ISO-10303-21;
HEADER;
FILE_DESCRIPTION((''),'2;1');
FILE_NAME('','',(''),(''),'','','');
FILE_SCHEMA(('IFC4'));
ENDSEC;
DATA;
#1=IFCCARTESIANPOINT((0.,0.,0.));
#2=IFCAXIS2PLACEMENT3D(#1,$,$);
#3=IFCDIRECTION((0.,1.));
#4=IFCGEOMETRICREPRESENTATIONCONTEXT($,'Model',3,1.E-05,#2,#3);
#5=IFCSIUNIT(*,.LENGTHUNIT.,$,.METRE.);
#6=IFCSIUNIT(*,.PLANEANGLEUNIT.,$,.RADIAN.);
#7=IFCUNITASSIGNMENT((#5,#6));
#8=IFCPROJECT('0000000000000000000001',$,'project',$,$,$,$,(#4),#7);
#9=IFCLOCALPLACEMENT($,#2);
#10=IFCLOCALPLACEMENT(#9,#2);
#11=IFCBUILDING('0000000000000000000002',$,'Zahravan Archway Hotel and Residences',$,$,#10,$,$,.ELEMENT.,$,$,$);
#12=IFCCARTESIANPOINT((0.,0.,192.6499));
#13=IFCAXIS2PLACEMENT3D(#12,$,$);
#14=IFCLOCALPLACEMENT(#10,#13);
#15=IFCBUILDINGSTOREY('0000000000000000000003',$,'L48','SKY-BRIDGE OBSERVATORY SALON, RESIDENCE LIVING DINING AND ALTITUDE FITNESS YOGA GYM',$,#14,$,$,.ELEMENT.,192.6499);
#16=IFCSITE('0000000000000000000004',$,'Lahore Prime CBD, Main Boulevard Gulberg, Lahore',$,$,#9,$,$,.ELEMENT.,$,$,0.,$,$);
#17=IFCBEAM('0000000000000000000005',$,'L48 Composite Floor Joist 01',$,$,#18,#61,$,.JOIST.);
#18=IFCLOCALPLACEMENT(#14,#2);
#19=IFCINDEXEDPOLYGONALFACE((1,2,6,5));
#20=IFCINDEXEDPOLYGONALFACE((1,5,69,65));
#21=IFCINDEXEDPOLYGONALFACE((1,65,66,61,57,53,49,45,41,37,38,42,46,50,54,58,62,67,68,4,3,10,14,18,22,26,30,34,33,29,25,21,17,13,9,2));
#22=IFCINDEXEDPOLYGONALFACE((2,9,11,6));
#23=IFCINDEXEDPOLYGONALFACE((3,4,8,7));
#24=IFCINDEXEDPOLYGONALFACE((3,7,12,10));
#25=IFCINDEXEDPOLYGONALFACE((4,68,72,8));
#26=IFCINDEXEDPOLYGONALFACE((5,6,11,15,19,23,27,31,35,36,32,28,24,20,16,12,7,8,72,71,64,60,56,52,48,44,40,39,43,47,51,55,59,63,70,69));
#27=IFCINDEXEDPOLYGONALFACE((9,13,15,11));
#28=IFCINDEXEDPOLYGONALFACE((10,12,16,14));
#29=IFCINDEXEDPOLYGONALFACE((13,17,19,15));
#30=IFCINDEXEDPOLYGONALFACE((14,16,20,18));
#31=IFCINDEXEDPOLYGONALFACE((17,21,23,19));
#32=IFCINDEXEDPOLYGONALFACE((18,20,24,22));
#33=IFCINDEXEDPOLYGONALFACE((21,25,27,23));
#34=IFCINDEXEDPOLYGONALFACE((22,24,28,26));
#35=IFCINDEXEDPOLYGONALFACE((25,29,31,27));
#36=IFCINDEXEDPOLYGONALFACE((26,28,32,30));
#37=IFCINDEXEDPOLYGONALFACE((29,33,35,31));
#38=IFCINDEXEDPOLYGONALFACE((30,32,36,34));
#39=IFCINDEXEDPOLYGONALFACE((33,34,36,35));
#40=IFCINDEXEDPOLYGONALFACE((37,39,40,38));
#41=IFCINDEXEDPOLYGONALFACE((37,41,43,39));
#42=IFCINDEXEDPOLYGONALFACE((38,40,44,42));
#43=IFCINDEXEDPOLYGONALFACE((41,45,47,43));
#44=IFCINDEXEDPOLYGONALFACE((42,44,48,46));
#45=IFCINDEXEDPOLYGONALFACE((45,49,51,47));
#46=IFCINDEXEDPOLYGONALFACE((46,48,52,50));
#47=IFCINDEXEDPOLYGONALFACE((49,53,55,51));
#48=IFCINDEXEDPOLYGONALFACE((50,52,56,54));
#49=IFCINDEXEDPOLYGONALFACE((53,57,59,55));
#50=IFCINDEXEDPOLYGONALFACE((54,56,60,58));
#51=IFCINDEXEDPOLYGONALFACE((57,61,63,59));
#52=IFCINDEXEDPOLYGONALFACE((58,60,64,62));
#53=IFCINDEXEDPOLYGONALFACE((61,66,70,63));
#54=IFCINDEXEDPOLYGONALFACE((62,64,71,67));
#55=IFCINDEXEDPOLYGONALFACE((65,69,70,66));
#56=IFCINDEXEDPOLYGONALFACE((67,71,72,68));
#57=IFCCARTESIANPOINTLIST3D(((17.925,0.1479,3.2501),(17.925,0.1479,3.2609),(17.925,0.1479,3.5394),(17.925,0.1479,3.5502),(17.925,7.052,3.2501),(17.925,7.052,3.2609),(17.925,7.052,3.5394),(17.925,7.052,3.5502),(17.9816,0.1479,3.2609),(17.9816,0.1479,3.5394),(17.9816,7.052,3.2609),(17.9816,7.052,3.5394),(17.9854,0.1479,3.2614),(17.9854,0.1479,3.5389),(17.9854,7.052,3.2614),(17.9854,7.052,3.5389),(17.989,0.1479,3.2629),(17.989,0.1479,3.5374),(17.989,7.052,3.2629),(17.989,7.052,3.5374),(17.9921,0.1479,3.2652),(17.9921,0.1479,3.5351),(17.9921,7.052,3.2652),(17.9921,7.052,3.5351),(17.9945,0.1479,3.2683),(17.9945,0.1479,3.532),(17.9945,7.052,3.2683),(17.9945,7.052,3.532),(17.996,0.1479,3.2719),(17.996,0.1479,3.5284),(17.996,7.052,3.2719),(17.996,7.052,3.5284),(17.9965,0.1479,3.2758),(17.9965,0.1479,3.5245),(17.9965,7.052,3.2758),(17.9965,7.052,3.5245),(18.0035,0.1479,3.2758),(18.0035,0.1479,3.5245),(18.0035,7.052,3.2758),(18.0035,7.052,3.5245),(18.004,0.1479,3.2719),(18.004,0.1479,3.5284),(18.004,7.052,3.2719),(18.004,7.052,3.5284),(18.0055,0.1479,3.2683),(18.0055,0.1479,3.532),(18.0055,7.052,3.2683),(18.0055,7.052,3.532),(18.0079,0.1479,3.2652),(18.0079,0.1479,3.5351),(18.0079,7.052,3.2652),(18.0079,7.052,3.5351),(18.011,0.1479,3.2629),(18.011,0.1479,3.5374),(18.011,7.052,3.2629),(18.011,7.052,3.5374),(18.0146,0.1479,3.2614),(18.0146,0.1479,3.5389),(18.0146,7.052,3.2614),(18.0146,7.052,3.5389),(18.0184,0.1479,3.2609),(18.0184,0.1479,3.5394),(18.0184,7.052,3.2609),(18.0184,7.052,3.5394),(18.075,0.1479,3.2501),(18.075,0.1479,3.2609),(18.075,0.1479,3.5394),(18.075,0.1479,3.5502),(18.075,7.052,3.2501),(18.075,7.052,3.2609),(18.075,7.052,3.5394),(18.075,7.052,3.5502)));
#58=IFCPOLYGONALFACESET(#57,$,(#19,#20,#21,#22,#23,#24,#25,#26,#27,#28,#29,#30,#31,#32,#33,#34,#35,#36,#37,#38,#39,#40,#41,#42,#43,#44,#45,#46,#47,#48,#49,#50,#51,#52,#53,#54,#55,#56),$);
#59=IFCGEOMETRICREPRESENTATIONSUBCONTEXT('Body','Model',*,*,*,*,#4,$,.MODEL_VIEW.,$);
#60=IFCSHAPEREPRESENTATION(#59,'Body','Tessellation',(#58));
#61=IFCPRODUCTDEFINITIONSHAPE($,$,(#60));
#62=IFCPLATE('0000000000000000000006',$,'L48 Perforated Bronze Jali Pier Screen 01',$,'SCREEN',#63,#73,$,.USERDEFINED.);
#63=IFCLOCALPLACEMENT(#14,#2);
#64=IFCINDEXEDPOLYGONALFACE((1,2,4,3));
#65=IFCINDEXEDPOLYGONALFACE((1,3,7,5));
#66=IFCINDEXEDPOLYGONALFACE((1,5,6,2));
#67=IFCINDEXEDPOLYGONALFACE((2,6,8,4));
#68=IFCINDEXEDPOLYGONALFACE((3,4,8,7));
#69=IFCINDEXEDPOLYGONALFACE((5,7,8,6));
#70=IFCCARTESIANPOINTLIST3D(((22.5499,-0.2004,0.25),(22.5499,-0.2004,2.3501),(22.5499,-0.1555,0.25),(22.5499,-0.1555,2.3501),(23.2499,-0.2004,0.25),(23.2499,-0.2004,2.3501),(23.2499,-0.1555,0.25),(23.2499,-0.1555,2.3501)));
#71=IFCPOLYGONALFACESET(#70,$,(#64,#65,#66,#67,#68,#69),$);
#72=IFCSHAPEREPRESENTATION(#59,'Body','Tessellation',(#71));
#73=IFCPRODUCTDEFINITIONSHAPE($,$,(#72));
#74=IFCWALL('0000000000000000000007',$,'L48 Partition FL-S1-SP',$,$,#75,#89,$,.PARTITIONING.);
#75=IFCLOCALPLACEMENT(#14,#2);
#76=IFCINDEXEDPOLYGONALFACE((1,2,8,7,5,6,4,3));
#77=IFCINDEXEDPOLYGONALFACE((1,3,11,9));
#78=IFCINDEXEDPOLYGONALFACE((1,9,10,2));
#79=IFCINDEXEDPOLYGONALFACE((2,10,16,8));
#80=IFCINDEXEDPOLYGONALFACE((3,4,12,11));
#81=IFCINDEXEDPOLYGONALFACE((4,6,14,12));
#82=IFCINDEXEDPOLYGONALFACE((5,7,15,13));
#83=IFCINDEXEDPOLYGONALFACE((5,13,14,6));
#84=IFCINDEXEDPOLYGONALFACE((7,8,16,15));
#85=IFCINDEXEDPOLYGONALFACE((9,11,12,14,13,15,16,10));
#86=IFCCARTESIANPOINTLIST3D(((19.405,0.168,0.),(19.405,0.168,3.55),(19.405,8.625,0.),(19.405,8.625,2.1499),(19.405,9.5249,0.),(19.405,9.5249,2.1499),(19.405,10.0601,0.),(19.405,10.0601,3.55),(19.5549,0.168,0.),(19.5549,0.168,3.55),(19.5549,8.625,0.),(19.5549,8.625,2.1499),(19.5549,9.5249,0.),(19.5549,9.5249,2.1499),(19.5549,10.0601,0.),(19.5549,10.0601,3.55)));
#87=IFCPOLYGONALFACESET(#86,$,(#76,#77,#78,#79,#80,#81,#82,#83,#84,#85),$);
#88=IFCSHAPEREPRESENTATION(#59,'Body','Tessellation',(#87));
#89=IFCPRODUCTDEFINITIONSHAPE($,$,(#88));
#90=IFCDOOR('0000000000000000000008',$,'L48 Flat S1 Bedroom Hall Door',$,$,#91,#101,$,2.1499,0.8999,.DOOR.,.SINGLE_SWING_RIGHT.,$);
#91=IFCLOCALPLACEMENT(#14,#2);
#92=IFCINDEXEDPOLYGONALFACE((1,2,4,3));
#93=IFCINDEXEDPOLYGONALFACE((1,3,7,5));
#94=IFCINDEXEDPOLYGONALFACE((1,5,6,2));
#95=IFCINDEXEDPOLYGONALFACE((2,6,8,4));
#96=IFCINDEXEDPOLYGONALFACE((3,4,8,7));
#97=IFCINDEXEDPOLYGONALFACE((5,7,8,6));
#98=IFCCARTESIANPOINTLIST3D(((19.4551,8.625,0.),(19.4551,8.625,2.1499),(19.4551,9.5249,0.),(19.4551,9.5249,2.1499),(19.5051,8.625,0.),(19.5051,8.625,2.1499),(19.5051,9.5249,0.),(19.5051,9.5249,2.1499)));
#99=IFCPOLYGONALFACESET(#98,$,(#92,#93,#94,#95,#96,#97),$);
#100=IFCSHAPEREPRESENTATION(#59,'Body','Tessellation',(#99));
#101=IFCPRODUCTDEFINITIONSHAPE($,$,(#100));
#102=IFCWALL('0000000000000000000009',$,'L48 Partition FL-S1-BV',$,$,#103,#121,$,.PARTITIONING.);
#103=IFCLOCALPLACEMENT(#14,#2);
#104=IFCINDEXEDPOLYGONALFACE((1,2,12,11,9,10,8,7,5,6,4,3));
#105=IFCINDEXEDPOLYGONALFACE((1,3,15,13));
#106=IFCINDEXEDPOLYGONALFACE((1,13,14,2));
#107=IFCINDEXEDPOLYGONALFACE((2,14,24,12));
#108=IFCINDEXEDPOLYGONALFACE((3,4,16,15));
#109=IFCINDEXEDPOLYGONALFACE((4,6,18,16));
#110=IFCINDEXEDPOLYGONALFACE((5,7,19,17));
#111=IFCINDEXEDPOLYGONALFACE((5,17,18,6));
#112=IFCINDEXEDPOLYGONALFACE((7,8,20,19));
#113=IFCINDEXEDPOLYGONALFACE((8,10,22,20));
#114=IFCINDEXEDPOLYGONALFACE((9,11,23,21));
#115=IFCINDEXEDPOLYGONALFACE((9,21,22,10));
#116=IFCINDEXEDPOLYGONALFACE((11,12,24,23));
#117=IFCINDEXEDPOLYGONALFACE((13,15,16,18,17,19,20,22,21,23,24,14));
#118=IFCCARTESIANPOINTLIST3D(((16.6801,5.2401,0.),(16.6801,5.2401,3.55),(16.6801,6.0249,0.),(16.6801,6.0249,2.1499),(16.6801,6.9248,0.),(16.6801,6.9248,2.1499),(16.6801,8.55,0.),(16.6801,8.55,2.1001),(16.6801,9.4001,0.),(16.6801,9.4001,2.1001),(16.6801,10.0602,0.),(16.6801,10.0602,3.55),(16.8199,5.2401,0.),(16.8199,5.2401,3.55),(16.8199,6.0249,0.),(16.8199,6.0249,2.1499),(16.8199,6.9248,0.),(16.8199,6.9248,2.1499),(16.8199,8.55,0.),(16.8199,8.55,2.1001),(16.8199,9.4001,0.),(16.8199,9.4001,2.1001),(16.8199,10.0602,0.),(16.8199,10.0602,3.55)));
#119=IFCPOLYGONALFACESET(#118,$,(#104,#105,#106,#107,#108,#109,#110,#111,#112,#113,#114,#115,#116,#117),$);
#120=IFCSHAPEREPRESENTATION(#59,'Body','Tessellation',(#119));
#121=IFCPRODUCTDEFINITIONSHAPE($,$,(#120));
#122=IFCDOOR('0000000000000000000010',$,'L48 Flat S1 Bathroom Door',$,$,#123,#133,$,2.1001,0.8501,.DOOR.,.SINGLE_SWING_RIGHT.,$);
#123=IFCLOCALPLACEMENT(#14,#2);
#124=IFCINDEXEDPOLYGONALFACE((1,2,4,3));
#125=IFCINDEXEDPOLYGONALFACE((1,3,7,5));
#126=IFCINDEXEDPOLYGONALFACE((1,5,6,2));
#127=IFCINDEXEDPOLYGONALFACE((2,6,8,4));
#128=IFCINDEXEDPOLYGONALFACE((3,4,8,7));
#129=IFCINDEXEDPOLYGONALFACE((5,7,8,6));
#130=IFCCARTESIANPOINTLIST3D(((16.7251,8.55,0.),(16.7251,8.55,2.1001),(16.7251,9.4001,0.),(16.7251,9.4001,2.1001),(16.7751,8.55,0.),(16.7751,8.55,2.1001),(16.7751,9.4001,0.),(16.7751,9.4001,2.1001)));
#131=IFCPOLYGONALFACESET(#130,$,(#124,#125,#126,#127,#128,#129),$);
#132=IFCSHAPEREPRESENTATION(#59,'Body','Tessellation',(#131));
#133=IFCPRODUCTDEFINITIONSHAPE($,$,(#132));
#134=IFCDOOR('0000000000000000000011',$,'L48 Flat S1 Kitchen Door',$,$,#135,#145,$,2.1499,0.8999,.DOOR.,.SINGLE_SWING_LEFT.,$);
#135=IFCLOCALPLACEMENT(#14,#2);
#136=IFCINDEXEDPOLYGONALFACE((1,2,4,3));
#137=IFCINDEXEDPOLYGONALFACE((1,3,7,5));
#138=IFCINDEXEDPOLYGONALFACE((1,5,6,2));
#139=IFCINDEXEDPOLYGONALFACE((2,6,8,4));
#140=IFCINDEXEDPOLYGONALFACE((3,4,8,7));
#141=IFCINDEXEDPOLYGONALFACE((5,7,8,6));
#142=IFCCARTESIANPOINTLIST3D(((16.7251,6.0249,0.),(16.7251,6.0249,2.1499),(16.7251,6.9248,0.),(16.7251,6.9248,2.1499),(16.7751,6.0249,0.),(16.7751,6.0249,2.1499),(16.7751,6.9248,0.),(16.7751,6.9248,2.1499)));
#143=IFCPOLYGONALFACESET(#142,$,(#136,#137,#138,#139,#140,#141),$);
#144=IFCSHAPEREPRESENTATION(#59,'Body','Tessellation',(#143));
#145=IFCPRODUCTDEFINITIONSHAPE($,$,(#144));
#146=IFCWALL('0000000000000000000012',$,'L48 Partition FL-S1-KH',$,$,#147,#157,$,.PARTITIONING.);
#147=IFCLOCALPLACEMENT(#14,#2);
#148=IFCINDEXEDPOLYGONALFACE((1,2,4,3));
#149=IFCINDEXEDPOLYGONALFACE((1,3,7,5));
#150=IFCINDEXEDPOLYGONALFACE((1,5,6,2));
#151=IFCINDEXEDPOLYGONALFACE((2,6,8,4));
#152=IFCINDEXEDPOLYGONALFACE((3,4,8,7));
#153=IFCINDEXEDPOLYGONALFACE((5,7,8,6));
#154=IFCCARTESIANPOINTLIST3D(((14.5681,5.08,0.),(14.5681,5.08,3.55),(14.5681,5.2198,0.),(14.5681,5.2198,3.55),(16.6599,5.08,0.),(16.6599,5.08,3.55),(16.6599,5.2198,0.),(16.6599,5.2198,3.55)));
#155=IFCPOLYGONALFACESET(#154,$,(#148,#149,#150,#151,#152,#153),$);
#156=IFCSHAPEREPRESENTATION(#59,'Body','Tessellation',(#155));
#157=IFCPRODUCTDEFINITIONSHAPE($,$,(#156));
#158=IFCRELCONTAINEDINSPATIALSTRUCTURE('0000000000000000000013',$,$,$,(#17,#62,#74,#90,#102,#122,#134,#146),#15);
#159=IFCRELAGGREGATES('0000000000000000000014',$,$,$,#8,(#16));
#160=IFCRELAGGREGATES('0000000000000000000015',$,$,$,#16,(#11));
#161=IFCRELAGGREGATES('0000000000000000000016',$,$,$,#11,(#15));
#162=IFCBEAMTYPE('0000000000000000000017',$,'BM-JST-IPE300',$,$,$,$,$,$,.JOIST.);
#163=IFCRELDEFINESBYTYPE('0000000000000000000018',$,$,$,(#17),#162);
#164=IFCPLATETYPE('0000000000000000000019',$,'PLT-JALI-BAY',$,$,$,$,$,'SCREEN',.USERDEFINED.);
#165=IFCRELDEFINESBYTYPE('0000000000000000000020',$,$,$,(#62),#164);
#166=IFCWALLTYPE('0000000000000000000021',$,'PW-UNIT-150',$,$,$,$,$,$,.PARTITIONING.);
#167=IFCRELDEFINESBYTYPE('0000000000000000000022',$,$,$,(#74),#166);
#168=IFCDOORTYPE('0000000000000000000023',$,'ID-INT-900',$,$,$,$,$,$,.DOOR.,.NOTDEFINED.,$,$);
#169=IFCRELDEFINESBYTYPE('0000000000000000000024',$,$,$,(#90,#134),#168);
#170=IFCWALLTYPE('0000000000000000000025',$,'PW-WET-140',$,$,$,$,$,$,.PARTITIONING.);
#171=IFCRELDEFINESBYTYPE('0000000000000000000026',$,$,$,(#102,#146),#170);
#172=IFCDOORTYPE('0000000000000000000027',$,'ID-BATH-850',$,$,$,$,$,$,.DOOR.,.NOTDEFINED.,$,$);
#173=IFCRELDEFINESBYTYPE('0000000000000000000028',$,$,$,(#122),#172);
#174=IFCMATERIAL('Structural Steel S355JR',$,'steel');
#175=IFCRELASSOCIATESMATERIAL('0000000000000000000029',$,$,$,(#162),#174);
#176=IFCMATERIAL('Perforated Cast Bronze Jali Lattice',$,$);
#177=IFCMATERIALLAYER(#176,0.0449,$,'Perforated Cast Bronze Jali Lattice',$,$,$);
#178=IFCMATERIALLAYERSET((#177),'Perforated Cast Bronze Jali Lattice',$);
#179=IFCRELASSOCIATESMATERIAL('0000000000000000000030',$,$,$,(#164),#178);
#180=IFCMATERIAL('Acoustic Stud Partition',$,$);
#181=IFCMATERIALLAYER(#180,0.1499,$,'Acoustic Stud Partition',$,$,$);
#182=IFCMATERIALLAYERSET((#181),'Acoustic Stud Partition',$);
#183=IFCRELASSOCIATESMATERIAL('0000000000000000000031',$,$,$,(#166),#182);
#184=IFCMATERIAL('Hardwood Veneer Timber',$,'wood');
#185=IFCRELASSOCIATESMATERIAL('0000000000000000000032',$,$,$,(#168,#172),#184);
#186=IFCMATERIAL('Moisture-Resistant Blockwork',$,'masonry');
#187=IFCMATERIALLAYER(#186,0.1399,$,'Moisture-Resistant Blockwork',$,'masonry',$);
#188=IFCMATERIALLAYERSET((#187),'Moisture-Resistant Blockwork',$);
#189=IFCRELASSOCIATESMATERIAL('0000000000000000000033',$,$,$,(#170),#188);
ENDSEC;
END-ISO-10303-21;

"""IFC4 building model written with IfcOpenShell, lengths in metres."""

from ifc_helpers import new_model, si_unit, direction, frame, frame_2d, origin, origin_2d, place, context, subcontext, project, spatial, rectangle, i_section, extrude, source, transform, mapped, material, layer, layer_set, material_profile, profile_set, type_object, type_shapes, element, fill, save


model = new_model("IFC4")

# Units and contexts
model_context = context("Model", 3, precision=1e-05, world=origin(), true_north=direction((0.0, 1.0)))
body_context = subcontext(model_context, "Body", "Model", "MODEL_VIEW")
ifc_project = project(units=[si_unit("LENGTHUNIT", "METRE"), si_unit("PLANEANGLEUNIT", "RADIAN")], contexts=[model_context])

# Site, building, storey
site_placement = place(None, origin())
site = spatial("IfcSite", under=ifc_project, at=site_placement, Name="Lahore Prime CBD, Main Boulevard Gulberg, Lahore", CompositionType="ELEMENT", RefElevation=0.0)
building_placement = place(site_placement, origin())
building = spatial("IfcBuilding", under=site, at=building_placement, Name="Zahravan Archway Hotel and Residences", CompositionType="ELEMENT")
storey_placement = place(building_placement, frame((0.0, 0.0, 192.6499)))
storey = spatial("IfcBuildingStorey", under=building, at=storey_placement, Name="L48", Description="SKY-BRIDGE OBSERVATORY SALON, RESIDENCE LIVING DINING AND ALTITUDE FITNESS YOGA GYM", CompositionType="ELEMENT", Elevation=192.6499)

# Beam
ifc_material_1 = material(Name="Structural Steel S355JR", Category="steel")
ifc_material_profile_1 = material_profile(ifc_material_1, i_section(OverallWidth=0.1499, OverallDepth=0.3, WebThickness=0.0071, FlangeThickness=0.0107, FilletRadius=0.0149, at=origin_2d()), Name="IPE 300", Category="steel")
ifc_profile_set_1 = profile_set([ifc_material_profile_1], Name="Structural Steel S355JR")
beam_type_1 = type_object("IfcBeamType", Name="BM-JST-IPE300", PredefinedType="JOIST", material=ifc_profile_set_1)
shared_shape_1 = source(origin(), body_context, "Body", "SweptSolid", [
    extrude(i_section(OverallWidth=0.1499, OverallDepth=0.3, WebThickness=0.0071, FlangeThickness=0.0107, FilletRadius=0.0149, at=origin_2d()), origin(), (0.0, 0.0, 1.0), 6.9041),
])
type_shapes(beam_type_1, [shared_shape_1])
beam_placement = place(storey_placement, frame((18.0, 0.1479, 3.4001), z_axis=(0.0, 1.0, 0.0), x_axis=(-1.0, 0.0, 0.0)))
element("IfcBeam", 1, at=beam_placement, inside=storey, type_object=beam_type_1, Name="L48 Composite Floor Joist 01", PredefinedType="JOIST", context=body_context, shape_type="MappedRepresentation", body=[
    mapped(shared_shape_1, transform((0.0, 0.0, 0.0), scale=1.0)),
])

# Plate
ifc_material_2 = material(Name="Perforated Cast Bronze Jali Lattice")
ifc_layer_1 = layer(ifc_material_2, 0.0449, Name="Perforated Cast Bronze Jali Lattice")
ifc_layer_set_1 = layer_set([ifc_layer_1], Name="Perforated Cast Bronze Jali Lattice")
plate_type = type_object("IfcPlateType", Name="PLT-JALI-BAY", ElementType="SCREEN", PredefinedType="USERDEFINED", material=ifc_layer_set_1)
shared_shape_2 = source(origin(), body_context, "Body", "SweptSolid", [
    extrude(rectangle(XDim=0.7, YDim=0.0449, at=origin_2d()), origin(), (0.0, 0.0, 1.0), 2.1001),
])
type_shapes(plate_type, [shared_shape_2])
plate_placement = place(storey_placement, frame((22.8999, -0.178, 0.25), z_axis=(0.0, 0.0, 1.0), x_axis=(1.0, 0.0, 0.0)))
element("IfcPlate", 2, at=plate_placement, inside=storey, type_object=plate_type, Name="L48 Perforated Bronze Jali Pier Screen 01", ObjectType="SCREEN", PredefinedType="USERDEFINED", context=body_context, shape_type="MappedRepresentation", body=[
    mapped(shared_shape_2, transform((0.0, 0.0, 0.0), scale=1.0)),
])

# Wall, opening, door
ifc_material_3 = material(Name="Acoustic Stud Partition")
ifc_layer_2 = layer(ifc_material_3, 0.1499, Name="Acoustic Stud Partition")
ifc_layer_set_2 = layer_set([ifc_layer_2], Name="Acoustic Stud Partition")
wall_type_1 = type_object("IfcWallType", Name="PW-UNIT-150", PredefinedType="PARTITIONING", material=ifc_layer_set_2)
wall_1_placement = place(storey_placement, frame((19.48, 0.168, 0.0), z_axis=(0.0, 0.0, 1.0), x_axis=(0.0, 1.0, 0.0)))
wall_1 = element("IfcWall", 3, at=wall_1_placement, inside=storey, type_object=wall_type_1, Name="L48 Partition FL-S1-SP", PredefinedType="PARTITIONING", context=body_context, shape_type="SweptSolid", body=[
    extrude(rectangle(XDim=9.8921, YDim=0.1499, at=frame_2d((4.946, 0.0))), origin(), (0.0, 0.0, 1.0), 3.55),
])
opening_1_placement = place(wall_1_placement, frame((8.457, 0.0, 0.0)))
opening_1 = element("IfcOpeningElement", 4, at=opening_1_placement, cuts=wall_1, PredefinedType="OPENING", context=body_context, shape_type="SweptSolid", body=[
    extrude(rectangle(XDim=0.8999, YDim=2.1499, at=frame_2d((0.45, 1.075))), frame((0.0, 0.085, 0.0), z_axis=(0.0, -1.0, 0.0), x_axis=(1.0, 0.0, 0.0)), (0.0, 0.0, 1.0), 0.1699),
])
ifc_material_4 = material(Name="Hardwood Veneer Timber", Category="wood")
door_type_1 = type_object("IfcDoorType", Name="ID-INT-900", OperationType="NOTDEFINED", PredefinedType="DOOR", material=ifc_material_4)
shared_shape_3 = source(origin(), body_context, "Body", "SweptSolid", [
    extrude(rectangle(XDim=0.8999, YDim=2.1499, at=frame_2d((0.45, 1.075))), frame((0.0, 0.0249, 0.0), z_axis=(0.0, -1.0, 0.0), x_axis=(1.0, 0.0, 0.0)), (0.0, 0.0, 1.0), 0.05),
])
type_shapes(door_type_1, [shared_shape_3])
door_1_placement = place(opening_1_placement, origin())
door_1 = element("IfcDoor", 5, at=door_1_placement, inside=storey, type_object=door_type_1, Name="L48 Flat S1 Bedroom Hall Door", OperationType="SINGLE_SWING_RIGHT", OverallHeight=2.1499, OverallWidth=0.8999, PredefinedType="DOOR", context=body_context, shape_type="MappedRepresentation", body=[
    mapped(shared_shape_3, transform((0.0, 0.0, 0.0), scale=1.0)),
])
fill(opening_1, door_1)

# Wall, openings, doors
ifc_material_5 = material(Name="Moisture-Resistant Blockwork", Category="masonry")
ifc_layer_3 = layer(ifc_material_5, 0.1399, Name="Moisture-Resistant Blockwork", Category="masonry")
ifc_layer_set_3 = layer_set([ifc_layer_3], Name="Moisture-Resistant Blockwork")
wall_type_2 = type_object("IfcWallType", Name="PW-WET-140", PredefinedType="PARTITIONING", material=ifc_layer_set_3)
wall_2_placement = place(storey_placement, frame((16.75, 5.24, 0.0), z_axis=(0.0, 0.0, 1.0), x_axis=(0.0, 1.0, 0.0)))
wall_2 = element("IfcWall", 6, at=wall_2_placement, inside=storey, type_object=wall_type_2, Name="L48 Partition FL-S1-BV", PredefinedType="PARTITIONING", context=body_context, shape_type="SweptSolid", body=[
    extrude(rectangle(XDim=4.8201, YDim=0.1399, at=frame_2d((2.4102, 0.0))), origin(), (0.0, 0.0, 1.0), 3.55),
])
opening_2_placement = place(wall_2_placement, frame((0.7849, 0.0, 0.0)))
opening_2 = element("IfcOpeningElement", 7, at=opening_2_placement, cuts=wall_2, PredefinedType="OPENING", context=body_context, shape_type="SweptSolid", body=[
    extrude(rectangle(XDim=0.8999, YDim=2.1499, at=frame_2d((0.45, 1.075))), frame((0.0, 0.0801, 0.0), z_axis=(0.0, -1.0, 0.0), x_axis=(1.0, 0.0, 0.0)), (0.0, 0.0, 1.0), 0.1599),
])
opening_3_placement = place(wall_2_placement, frame((3.3101, 0.0, 0.0)))
opening_3 = element("IfcOpeningElement", 8, at=opening_3_placement, cuts=wall_2, PredefinedType="OPENING", context=body_context, shape_type="SweptSolid", body=[
    extrude(rectangle(XDim=0.8501, YDim=2.1001, at=frame_2d((0.425, 1.05))), frame((0.0, 0.0801, 0.0), z_axis=(0.0, -1.0, 0.0), x_axis=(1.0, 0.0, 0.0)), (0.0, 0.0, 1.0), 0.1599),
])
door_type_2 = type_object("IfcDoorType", Name="ID-BATH-850", OperationType="NOTDEFINED", PredefinedType="DOOR", material=ifc_material_4)
shared_shape_4 = source(origin(), body_context, "Body", "SweptSolid", [
    extrude(rectangle(XDim=0.8501, YDim=2.1001, at=frame_2d((0.425, 1.05))), frame((0.0, 0.0249, 0.0), z_axis=(0.0, -1.0, 0.0), x_axis=(1.0, 0.0, 0.0)), (0.0, 0.0, 1.0), 0.05),
])
type_shapes(door_type_2, [shared_shape_4])
door_2_placement = place(opening_3_placement, origin())
door_2 = element("IfcDoor", 9, at=door_2_placement, inside=storey, type_object=door_type_2, Name="L48 Flat S1 Bathroom Door", OperationType="SINGLE_SWING_RIGHT", OverallHeight=2.1001, OverallWidth=0.8501, PredefinedType="DOOR", context=body_context, shape_type="MappedRepresentation", body=[
    mapped(shared_shape_4, transform((0.0, 0.0, 0.0), scale=1.0)),
])
fill(opening_3, door_2)
door_3_placement = place(opening_2_placement, origin())
door_3 = element("IfcDoor", 10, at=door_3_placement, inside=storey, type_object=door_type_1, Name="L48 Flat S1 Kitchen Door", OperationType="SINGLE_SWING_LEFT", OverallHeight=2.1499, OverallWidth=0.8999, PredefinedType="DOOR", context=body_context, shape_type="MappedRepresentation", body=[
    mapped(shared_shape_3, transform((0.0, 0.0, 0.0), scale=1.0)),
])
fill(opening_2, door_3)

# Wall
wall_3_placement = place(storey_placement, frame((14.5681, 5.1499, 0.0), z_axis=(0.0, 0.0, 1.0), x_axis=(1.0, 0.0, 0.0)))
element("IfcWall", 11, at=wall_3_placement, inside=storey, type_object=wall_type_2, Name="L48 Partition FL-S1-KH", PredefinedType="PARTITIONING", context=body_context, shape_type="SweptSolid", body=[
    extrude(rectangle(XDim=2.0918, YDim=0.1399, at=frame_2d((1.0459, 0.0))), origin(), (0.0, 0.0, 1.0), 3.55),
])

save(model, "model.ifc")
